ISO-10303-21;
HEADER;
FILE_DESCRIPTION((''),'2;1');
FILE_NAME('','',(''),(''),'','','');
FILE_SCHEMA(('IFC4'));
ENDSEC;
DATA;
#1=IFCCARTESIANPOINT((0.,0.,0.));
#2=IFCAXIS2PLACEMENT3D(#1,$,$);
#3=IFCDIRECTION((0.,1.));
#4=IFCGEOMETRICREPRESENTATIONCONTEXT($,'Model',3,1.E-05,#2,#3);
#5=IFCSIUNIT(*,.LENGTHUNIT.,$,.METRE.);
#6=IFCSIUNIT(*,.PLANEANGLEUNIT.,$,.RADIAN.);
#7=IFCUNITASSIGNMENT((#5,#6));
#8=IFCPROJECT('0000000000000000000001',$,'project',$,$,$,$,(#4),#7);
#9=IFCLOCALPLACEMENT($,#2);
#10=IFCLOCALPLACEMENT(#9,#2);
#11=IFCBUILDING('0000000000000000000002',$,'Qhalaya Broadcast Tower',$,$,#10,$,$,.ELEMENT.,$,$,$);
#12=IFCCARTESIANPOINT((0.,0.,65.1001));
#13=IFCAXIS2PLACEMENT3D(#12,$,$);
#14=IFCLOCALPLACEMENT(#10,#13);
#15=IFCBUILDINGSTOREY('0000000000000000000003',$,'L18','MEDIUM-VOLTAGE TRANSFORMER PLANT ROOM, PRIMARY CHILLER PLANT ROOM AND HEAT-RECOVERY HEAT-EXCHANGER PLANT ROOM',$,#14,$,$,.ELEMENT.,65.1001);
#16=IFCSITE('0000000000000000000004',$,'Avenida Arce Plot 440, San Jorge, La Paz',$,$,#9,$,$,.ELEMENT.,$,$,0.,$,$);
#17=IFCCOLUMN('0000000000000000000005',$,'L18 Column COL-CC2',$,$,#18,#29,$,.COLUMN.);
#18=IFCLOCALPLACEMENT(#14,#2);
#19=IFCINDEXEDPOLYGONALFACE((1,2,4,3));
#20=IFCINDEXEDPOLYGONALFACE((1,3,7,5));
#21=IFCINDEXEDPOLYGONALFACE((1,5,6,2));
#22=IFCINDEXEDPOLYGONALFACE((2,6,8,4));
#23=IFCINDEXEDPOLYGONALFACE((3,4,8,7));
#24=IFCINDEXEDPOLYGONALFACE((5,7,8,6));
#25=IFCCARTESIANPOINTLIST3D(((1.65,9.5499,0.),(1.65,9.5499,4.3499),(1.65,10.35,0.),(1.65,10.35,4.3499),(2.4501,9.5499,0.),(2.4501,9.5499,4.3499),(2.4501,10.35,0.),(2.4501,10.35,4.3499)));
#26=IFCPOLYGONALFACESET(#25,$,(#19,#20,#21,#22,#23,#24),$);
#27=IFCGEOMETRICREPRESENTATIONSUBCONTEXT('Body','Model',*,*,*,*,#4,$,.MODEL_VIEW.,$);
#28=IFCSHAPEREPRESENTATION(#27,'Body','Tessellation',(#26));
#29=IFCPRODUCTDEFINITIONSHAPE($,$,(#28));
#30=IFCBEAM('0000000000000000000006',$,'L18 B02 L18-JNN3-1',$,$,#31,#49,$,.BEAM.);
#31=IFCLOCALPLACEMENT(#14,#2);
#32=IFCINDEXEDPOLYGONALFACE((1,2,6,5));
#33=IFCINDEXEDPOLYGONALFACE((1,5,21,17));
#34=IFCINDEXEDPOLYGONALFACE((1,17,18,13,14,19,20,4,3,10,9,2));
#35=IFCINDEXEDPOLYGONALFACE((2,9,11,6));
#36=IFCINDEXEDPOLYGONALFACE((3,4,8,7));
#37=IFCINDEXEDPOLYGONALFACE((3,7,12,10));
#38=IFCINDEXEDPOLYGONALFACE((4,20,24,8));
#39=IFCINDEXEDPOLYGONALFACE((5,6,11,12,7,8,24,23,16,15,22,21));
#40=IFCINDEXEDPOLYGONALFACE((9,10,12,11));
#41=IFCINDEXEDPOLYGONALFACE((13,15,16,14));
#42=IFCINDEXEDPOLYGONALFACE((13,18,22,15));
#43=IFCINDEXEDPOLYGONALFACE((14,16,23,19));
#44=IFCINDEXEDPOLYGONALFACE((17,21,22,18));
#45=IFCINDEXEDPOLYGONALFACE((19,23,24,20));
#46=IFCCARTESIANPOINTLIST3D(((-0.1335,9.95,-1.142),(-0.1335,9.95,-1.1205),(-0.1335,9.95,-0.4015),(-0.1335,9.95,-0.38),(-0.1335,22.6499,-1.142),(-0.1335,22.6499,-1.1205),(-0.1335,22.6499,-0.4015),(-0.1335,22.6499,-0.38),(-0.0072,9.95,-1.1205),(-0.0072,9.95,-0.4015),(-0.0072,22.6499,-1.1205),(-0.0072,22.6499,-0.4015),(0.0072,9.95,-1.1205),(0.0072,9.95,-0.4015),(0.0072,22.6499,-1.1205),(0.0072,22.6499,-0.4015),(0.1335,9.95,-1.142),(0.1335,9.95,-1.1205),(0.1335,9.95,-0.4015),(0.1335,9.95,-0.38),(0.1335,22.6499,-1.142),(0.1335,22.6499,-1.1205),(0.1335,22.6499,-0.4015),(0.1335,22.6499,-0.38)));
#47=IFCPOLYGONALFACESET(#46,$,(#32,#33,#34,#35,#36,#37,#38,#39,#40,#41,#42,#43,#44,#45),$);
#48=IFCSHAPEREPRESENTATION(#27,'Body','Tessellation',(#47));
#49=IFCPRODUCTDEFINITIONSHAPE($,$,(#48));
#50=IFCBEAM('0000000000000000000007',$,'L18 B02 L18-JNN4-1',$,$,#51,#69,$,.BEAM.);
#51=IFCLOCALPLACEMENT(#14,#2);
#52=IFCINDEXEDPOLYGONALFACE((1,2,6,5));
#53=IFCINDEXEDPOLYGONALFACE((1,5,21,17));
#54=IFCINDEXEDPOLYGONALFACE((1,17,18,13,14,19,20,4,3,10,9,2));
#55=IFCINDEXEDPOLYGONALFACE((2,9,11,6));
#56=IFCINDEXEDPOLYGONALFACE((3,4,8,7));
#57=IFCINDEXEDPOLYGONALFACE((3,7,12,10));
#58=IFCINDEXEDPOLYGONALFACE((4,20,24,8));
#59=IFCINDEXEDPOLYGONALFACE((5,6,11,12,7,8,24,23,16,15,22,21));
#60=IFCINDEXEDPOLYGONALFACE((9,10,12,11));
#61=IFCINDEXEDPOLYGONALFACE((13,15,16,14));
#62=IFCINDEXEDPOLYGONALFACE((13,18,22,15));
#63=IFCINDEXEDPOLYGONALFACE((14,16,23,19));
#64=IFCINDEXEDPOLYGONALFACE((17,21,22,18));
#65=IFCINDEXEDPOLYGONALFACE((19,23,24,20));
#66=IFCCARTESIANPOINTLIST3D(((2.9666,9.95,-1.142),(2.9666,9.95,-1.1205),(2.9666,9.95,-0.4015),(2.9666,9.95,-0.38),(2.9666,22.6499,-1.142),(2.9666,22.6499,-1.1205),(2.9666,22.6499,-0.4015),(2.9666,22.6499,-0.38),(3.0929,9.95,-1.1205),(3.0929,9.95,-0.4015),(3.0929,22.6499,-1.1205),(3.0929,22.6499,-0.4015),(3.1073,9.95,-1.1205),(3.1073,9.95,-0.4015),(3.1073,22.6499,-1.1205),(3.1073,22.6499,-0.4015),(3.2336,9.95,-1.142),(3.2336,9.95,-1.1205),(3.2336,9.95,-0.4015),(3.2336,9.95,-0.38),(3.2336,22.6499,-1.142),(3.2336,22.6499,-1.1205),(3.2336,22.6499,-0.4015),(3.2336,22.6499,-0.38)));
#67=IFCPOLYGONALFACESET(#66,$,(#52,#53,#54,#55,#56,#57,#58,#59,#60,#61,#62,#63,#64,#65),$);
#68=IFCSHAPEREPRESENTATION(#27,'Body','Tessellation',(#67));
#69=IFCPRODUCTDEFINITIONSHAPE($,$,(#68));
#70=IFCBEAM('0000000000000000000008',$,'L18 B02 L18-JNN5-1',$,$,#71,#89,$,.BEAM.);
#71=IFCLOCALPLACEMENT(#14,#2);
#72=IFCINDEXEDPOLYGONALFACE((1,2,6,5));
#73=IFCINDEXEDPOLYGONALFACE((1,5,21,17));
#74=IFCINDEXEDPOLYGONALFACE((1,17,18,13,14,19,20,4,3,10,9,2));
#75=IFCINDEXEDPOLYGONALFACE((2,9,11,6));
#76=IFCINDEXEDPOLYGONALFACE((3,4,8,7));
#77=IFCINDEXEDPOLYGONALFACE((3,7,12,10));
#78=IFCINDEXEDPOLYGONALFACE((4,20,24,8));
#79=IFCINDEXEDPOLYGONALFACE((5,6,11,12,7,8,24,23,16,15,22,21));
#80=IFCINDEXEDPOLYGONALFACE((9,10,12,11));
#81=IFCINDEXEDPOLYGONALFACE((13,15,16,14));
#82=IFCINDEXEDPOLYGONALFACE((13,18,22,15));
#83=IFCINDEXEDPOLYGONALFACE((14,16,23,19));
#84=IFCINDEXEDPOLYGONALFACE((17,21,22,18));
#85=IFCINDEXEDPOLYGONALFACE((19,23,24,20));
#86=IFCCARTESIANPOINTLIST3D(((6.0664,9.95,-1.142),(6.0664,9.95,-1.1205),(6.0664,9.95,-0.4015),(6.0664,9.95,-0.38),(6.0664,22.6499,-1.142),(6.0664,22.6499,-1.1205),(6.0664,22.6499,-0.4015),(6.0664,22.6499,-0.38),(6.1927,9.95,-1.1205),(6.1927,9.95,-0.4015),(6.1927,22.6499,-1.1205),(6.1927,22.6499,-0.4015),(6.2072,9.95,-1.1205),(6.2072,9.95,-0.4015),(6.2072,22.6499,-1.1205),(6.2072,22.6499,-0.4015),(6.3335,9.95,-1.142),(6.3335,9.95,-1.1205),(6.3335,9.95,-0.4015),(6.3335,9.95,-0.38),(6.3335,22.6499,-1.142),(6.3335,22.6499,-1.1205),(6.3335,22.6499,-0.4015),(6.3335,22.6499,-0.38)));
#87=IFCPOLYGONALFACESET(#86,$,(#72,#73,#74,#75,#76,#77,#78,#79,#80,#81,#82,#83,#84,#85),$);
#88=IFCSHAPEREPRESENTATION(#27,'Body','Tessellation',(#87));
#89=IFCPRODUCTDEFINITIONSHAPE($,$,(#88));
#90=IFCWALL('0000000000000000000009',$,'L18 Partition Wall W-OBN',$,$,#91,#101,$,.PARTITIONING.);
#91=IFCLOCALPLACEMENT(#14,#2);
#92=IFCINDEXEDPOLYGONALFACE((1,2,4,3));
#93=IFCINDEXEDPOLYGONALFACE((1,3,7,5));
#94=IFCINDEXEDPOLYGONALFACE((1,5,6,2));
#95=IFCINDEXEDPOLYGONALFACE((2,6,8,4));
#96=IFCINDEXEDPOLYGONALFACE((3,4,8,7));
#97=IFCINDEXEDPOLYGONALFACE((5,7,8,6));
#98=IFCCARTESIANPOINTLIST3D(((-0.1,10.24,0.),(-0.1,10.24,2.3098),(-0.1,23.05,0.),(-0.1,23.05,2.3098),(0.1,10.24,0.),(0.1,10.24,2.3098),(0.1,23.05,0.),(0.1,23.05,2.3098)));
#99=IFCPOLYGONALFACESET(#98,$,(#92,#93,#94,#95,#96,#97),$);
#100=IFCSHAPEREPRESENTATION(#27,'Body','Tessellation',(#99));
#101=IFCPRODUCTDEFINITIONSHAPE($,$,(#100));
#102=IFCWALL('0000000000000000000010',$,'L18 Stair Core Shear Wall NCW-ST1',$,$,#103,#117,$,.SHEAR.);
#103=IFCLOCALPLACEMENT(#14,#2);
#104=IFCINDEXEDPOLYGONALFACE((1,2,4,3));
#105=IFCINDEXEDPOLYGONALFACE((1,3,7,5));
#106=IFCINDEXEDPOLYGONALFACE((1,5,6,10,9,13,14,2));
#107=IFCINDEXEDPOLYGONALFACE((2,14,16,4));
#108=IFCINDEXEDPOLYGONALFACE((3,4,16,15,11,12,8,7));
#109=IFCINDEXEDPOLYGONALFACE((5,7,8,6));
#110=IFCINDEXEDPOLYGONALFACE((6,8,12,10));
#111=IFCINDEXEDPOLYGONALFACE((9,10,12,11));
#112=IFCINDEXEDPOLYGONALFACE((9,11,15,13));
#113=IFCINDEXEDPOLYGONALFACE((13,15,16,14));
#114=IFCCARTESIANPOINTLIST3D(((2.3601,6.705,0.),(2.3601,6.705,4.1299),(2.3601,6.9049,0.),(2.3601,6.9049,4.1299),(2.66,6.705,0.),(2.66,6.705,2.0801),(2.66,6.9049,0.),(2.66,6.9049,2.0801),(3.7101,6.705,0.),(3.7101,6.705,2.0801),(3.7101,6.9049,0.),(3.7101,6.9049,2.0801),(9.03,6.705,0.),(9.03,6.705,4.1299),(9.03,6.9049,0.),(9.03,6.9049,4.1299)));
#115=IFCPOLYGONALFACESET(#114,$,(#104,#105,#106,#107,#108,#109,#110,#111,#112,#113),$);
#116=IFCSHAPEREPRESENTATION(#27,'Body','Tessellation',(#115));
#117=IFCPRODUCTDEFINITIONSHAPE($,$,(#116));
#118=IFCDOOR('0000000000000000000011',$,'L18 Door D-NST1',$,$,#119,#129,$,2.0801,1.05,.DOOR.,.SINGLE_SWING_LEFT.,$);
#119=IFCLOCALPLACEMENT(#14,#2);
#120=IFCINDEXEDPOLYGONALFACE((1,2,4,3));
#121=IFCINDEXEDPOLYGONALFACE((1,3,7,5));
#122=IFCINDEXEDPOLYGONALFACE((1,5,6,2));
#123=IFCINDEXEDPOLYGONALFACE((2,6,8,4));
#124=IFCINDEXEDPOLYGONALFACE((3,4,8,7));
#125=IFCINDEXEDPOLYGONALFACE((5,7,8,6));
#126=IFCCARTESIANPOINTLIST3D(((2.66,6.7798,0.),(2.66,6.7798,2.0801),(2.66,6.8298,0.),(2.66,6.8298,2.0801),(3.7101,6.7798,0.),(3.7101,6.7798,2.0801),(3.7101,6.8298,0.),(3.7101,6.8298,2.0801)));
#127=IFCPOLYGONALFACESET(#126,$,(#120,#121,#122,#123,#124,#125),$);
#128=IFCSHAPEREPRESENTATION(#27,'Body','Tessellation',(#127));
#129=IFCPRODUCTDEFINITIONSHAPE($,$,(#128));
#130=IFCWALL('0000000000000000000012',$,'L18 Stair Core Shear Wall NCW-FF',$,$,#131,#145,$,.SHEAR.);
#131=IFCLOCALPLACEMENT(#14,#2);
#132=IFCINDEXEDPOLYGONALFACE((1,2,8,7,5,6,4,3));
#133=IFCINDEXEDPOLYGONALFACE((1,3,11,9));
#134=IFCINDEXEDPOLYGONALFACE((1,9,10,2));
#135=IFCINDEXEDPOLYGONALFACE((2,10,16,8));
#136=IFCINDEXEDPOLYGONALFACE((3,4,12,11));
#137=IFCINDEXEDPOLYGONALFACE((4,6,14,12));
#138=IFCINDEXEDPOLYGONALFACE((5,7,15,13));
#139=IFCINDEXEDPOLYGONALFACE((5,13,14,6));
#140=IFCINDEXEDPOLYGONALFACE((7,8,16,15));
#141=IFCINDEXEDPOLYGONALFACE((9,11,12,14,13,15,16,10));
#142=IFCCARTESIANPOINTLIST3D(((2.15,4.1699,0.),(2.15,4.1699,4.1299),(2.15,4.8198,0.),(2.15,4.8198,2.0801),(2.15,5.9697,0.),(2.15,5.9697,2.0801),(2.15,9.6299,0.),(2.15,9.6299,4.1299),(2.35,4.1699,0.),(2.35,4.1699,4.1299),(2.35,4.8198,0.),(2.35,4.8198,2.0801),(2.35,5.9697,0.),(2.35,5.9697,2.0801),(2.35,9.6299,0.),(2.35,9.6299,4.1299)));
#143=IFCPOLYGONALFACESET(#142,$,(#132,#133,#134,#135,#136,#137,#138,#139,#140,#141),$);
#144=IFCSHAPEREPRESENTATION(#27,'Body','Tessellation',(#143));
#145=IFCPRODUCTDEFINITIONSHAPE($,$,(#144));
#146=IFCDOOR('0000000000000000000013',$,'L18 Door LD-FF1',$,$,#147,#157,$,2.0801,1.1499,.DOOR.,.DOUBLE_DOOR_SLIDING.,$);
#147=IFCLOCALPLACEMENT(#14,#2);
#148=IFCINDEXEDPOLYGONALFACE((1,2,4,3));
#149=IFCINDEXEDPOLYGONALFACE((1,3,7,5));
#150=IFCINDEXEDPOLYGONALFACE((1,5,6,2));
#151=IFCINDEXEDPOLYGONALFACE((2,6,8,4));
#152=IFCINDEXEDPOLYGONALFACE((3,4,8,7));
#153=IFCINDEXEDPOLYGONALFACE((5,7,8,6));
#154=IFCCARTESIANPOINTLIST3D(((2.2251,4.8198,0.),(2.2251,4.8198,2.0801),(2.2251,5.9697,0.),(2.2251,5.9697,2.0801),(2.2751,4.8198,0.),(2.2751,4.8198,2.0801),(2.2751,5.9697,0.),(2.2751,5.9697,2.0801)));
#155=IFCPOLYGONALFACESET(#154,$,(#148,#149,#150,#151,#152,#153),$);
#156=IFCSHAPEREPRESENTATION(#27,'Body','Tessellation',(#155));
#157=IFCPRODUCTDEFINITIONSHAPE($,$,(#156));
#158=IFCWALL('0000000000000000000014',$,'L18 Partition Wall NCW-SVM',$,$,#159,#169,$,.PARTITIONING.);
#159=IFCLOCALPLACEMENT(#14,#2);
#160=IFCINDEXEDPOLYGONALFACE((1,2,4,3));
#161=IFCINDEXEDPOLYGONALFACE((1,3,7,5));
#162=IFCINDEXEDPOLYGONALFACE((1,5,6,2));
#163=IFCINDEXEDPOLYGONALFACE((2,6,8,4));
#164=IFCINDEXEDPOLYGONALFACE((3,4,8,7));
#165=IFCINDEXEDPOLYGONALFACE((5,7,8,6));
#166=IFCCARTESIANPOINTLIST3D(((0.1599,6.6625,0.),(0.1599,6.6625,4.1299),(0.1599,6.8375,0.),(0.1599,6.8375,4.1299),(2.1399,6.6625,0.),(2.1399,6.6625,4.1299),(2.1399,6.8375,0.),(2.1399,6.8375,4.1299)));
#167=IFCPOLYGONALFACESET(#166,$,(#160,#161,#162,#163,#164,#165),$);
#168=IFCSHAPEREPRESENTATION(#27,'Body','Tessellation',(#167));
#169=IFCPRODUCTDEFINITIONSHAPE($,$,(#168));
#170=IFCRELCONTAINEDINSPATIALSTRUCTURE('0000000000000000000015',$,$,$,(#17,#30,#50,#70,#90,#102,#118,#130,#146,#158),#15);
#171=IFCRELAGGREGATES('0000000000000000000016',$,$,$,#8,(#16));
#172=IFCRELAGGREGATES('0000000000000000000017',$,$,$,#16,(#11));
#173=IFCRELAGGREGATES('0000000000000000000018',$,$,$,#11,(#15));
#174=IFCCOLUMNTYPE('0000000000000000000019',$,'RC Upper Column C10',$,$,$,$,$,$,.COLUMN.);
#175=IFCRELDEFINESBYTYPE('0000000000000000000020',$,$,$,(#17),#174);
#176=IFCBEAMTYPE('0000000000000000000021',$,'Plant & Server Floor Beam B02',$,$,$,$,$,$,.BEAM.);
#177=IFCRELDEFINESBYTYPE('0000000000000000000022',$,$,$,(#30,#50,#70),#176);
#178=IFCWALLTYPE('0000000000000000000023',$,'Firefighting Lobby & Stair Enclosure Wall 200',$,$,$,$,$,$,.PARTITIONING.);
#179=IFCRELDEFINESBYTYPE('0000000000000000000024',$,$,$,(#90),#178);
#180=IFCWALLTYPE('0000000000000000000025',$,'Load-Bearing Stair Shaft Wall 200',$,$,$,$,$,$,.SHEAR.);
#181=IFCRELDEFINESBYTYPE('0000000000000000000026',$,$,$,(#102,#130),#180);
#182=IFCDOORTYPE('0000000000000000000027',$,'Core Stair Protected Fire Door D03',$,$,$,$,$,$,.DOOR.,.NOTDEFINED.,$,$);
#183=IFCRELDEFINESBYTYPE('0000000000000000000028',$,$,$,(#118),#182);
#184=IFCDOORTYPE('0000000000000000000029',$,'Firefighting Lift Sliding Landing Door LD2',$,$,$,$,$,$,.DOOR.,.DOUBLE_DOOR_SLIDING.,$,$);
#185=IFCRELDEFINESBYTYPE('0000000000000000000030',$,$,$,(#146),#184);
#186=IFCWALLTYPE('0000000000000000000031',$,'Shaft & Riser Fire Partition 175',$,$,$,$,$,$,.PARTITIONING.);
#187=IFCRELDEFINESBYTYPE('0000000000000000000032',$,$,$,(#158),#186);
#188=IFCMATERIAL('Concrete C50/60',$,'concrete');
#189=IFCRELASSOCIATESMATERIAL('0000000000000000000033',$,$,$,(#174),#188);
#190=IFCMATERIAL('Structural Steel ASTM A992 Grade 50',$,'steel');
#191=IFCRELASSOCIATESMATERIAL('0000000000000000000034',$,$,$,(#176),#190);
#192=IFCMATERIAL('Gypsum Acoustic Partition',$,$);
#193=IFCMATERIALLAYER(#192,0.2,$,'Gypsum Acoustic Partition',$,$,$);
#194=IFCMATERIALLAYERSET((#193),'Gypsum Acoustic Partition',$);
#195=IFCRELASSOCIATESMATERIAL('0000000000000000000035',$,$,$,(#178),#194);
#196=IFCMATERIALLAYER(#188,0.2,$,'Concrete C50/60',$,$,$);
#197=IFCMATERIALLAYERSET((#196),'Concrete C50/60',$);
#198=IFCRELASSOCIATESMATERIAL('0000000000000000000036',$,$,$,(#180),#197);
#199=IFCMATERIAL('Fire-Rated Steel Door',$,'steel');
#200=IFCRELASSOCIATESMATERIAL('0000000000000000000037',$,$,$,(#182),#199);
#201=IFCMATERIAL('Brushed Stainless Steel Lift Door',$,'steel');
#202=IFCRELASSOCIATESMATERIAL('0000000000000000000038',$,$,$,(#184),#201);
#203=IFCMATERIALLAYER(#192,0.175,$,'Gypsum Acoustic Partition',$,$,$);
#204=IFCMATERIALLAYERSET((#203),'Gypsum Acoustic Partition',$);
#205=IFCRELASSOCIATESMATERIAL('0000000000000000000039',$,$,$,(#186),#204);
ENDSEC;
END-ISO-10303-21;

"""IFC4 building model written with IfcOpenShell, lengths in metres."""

from ifc_helpers import new_model, si_unit, direction, frame, frame_2d, origin, origin_2d, place, context, subcontext, project, spatial, rectangle, i_section, extrude, material, layer, layer_set, material_profile, profile_set, type_object, element, fill, save


model = new_model("IFC4")

# Units and contexts
model_context = context("Model", 3, precision=1e-05, world=origin(), true_north=direction((0.0, 1.0)))
body_context = subcontext(model_context, "Body", "Model", "MODEL_VIEW")
ifc_project = project(units=[si_unit("LENGTHUNIT", "METRE"), si_unit("PLANEANGLEUNIT", "RADIAN")], contexts=[model_context])

# Site, building, storey
site_placement = place(None, origin())
site = spatial("IfcSite", under=ifc_project, at=site_placement, Name="Avenida Arce Plot 440, San Jorge, La Paz", CompositionType="ELEMENT", RefElevation=0.0)
building_placement = place(site_placement, origin())
building = spatial("IfcBuilding", under=site, at=building_placement, Name="Qhalaya Broadcast Tower", CompositionType="ELEMENT")
storey_placement = place(building_placement, frame((0.0, 0.0, 65.1001)))
storey = spatial("IfcBuildingStorey", under=building, at=storey_placement, Name="L18", Description="MEDIUM-VOLTAGE TRANSFORMER PLANT ROOM, PRIMARY CHILLER PLANT ROOM AND HEAT-RECOVERY HEAT-EXCHANGER PLANT ROOM", CompositionType="ELEMENT", Elevation=65.1001)

# Column
ifc_material_1 = material(Name="Concrete C50/60", Category="concrete")
ifc_material_profile_1 = material_profile(ifc_material_1, rectangle(XDim=0.8, YDim=0.8, at=origin_2d()), Name="RC-COL 800x800")
ifc_profile_set_1 = profile_set([ifc_material_profile_1], Name="Concrete C50/60")
column_type = type_object("IfcColumnType", Name="RC Upper Column C10", PredefinedType="COLUMN", material=ifc_profile_set_1)
column_placement = place(storey_placement, frame((2.05, 9.95, 0.0), z_axis=(0.0, 0.0, 1.0), x_axis=(1.0, 0.0, 0.0)))
element("IfcColumn", 1, at=column_placement, inside=storey, type_object=column_type, Name="L18 Column COL-CC2", PredefinedType="COLUMN", context=body_context, shape_type="SweptSolid", body=[
    extrude(rectangle(XDim=0.8, YDim=0.8, at=origin_2d()), origin(), (0.0, 0.0, 1.0), 4.3499),
])

# Beams
ifc_material_2 = material(Name="Structural Steel ASTM A992 Grade 50", Category="steel")
ifc_material_profile_2 = material_profile(ifc_material_2, i_section(OverallWidth=0.2671, OverallDepth=0.762, WebThickness=0.0144, FlangeThickness=0.0215, at=origin_2d()), Name="W30X116")
ifc_profile_set_2 = profile_set([ifc_material_profile_2], Name="Structural Steel ASTM A992 Grade 50")
beam_type = type_object("IfcBeamType", Name="Plant & Server Floor Beam B02", PredefinedType="BEAM", material=ifc_profile_set_2)
for number, where, z_axis, x_axis, name in (
    (2, (0.0, 9.95, -0.761), (0.0, 1.0, 0.0), (-1.0, 0.0, 0.0), "L18 B02 L18-JNN3-1"),
    (3, (3.1001, 9.95, -0.761), (0.0, 1.0, 0.0), (-1.0, 0.0, 0.0), "L18 B02 L18-JNN4-1"),
    (4, (6.2, 9.95, -0.761), (0.0, 1.0, 0.0), (-1.0, 0.0, 0.0), "L18 B02 L18-JNN5-1"),
):
    element("IfcBeam", number, at=place(storey_placement, frame(where, z_axis=z_axis, x_axis=x_axis)), inside=storey, type_object=beam_type, Name=name, PredefinedType="BEAM", context=body_context, shape_type="SweptSolid", body=[
        extrude(i_section(OverallWidth=0.2671, OverallDepth=0.762, WebThickness=0.0144, FlangeThickness=0.0215, at=origin_2d()), origin(), (0.0, 0.0, 1.0), 12.7),
    ])

# Wall
ifc_material_3 = material(Name="Gypsum Acoustic Partition")
ifc_layer_1 = layer(ifc_material_3, 0.2, Name="Gypsum Acoustic Partition")
ifc_layer_set_1 = layer_set([ifc_layer_1], Name="Gypsum Acoustic Partition")
wall_type_1 = type_object("IfcWallType", Name="Firefighting Lobby & Stair Enclosure Wall 200", PredefinedType="PARTITIONING", material=ifc_layer_set_1)
wall_1_placement = place(storey_placement, frame((0.0, 10.24, 0.0), z_axis=(0.0, 0.0, 1.0), x_axis=(0.0, 1.0, 0.0)))
element("IfcWall", 5, at=wall_1_placement, inside=storey, type_object=wall_type_1, Name="L18 Partition Wall W-OBN", PredefinedType="PARTITIONING", context=body_context, shape_type="SweptSolid", body=[
    extrude(rectangle(XDim=12.8101, YDim=0.2, at=frame_2d((6.405, 0.0))), origin(), (0.0, 0.0, 1.0), 2.3098),
])

# Walls, openings, doors
ifc_layer_2 = layer(ifc_material_1, 0.2, Name="Concrete C50/60")
ifc_layer_set_2 = layer_set([ifc_layer_2], Name="Concrete C50/60")
wall_type_2 = type_object("IfcWallType", Name="Load-Bearing Stair Shaft Wall 200", PredefinedType="SHEAR", material=ifc_layer_set_2)
wall_2_placement = place(storey_placement, frame((2.3601, 6.8049, 0.0), z_axis=(0.0, 0.0, 1.0), x_axis=(1.0, 0.0, 0.0)))
wall_2 = element("IfcWall", 6, at=wall_2_placement, inside=storey, type_object=wall_type_2, Name="L18 Stair Core Shear Wall NCW-ST1", PredefinedType="SHEAR", context=body_context, shape_type="SweptSolid", body=[
    extrude(rectangle(XDim=6.6699, YDim=0.2, at=frame_2d((3.335, 0.0))), origin(), (0.0, 0.0, 1.0), 4.1299),
])
opening_1_placement = place(wall_2_placement, frame((0.3, 0.0, 0.0)))
opening_1 = element("IfcOpeningElement", 7, at=opening_1_placement, cuts=wall_2, PredefinedType="OPENING", context=body_context, shape_type="SweptSolid", body=[
    extrude(rectangle(XDim=1.05, YDim=2.0801, at=frame_2d((0.5249, 1.04))), frame((0.0, 0.1121, 0.0), z_axis=(0.0, -1.0, 0.0), x_axis=(1.0, 0.0, 0.0)), (0.0, 0.0, 1.0), 0.2239),
])
ifc_material_4 = material(Name="Fire-Rated Steel Door", Category="steel")
door_type_1 = type_object("IfcDoorType", Name="Core Stair Protected Fire Door D03", OperationType="NOTDEFINED", PredefinedType="DOOR", material=ifc_material_4)
door_1_placement = place(opening_1_placement, origin())
door_1 = element("IfcDoor", 8, at=door_1_placement, inside=storey, type_object=door_type_1, Name="L18 Door D-NST1", OperationType="SINGLE_SWING_LEFT", OverallHeight=2.0801, OverallWidth=1.05, PredefinedType="DOOR", context=body_context, shape_type="SweptSolid", body=[
    extrude(rectangle(XDim=1.05, YDim=2.0801, at=frame_2d((0.5249, 1.04))), frame((0.0, 0.0249, 0.0), z_axis=(0.0, -1.0, 0.0), x_axis=(1.0, 0.0, 0.0)), (0.0, 0.0, 1.0), 0.05),
])
fill(opening_1, door_1)
wall_3_placement = place(storey_placement, frame((2.25, 4.1699, 0.0), z_axis=(0.0, 0.0, 1.0), x_axis=(0.0, 1.0, 0.0)))
wall_3 = element("IfcWall", 9, at=wall_3_placement, inside=storey, type_object=wall_type_2, Name="L18 Stair Core Shear Wall NCW-FF", PredefinedType="SHEAR", context=body_context, shape_type="SweptSolid", body=[
    extrude(rectangle(XDim=5.46, YDim=0.2, at=frame_2d((2.73, 0.0))), origin(), (0.0, 0.0, 1.0), 4.1299),
])
opening_2_placement = place(wall_3_placement, frame((0.6499, 0.0, 0.0)))
opening_2 = element("IfcOpeningElement", 10, at=opening_2_placement, cuts=wall_3, PredefinedType="OPENING", context=body_context, shape_type="SweptSolid", body=[
    extrude(rectangle(XDim=1.1499, YDim=2.0801, at=frame_2d((0.575, 1.04))), frame((0.0, 0.1121, 0.0), z_axis=(0.0, -1.0, 0.0), x_axis=(1.0, 0.0, 0.0)), (0.0, 0.0, 1.0), 0.2239),
])
ifc_material_5 = material(Name="Brushed Stainless Steel Lift Door", Category="steel")
door_type_2 = type_object("IfcDoorType", Name="Firefighting Lift Sliding Landing Door LD2", OperationType="DOUBLE_DOOR_SLIDING", PredefinedType="DOOR", material=ifc_material_5)
door_2_placement = place(opening_2_placement, origin())
door_2 = element("IfcDoor", 11, at=door_2_placement, inside=storey, type_object=door_type_2, Name="L18 Door LD-FF1", OperationType="DOUBLE_DOOR_SLIDING", OverallHeight=2.0801, OverallWidth=1.1499, PredefinedType="DOOR", context=body_context, shape_type="SweptSolid", body=[
    extrude(rectangle(XDim=1.1499, YDim=2.0801, at=frame_2d((0.575, 1.04))), frame((0.0, 0.0249, 0.0), z_axis=(0.0, -1.0, 0.0), x_axis=(1.0, 0.0, 0.0)), (0.0, 0.0, 1.0), 0.05),
])
fill(opening_2, door_2)
ifc_layer_3 = layer(ifc_material_3, 0.175, Name="Gypsum Acoustic Partition")
ifc_layer_set_3 = layer_set([ifc_layer_3], Name="Gypsum Acoustic Partition")
wall_type_3 = type_object("IfcWallType", Name="Shaft & Riser Fire Partition 175", PredefinedType="PARTITIONING", material=ifc_layer_set_3)

# Wall
wall_4_placement = place(storey_placement, frame((0.1599, 6.75, 0.0), z_axis=(0.0, 0.0, 1.0), x_axis=(1.0, 0.0, 0.0)))
element("IfcWall", 12, at=wall_4_placement, inside=storey, type_object=wall_type_3, Name="L18 Partition Wall NCW-SVM", PredefinedType="PARTITIONING", context=body_context, shape_type="SweptSolid", body=[
    extrude(rectangle(XDim=1.98, YDim=0.175, at=frame_2d((0.99, 0.0))), origin(), (0.0, 0.0, 1.0), 4.1299),
])

save(model, "model.ifc")
